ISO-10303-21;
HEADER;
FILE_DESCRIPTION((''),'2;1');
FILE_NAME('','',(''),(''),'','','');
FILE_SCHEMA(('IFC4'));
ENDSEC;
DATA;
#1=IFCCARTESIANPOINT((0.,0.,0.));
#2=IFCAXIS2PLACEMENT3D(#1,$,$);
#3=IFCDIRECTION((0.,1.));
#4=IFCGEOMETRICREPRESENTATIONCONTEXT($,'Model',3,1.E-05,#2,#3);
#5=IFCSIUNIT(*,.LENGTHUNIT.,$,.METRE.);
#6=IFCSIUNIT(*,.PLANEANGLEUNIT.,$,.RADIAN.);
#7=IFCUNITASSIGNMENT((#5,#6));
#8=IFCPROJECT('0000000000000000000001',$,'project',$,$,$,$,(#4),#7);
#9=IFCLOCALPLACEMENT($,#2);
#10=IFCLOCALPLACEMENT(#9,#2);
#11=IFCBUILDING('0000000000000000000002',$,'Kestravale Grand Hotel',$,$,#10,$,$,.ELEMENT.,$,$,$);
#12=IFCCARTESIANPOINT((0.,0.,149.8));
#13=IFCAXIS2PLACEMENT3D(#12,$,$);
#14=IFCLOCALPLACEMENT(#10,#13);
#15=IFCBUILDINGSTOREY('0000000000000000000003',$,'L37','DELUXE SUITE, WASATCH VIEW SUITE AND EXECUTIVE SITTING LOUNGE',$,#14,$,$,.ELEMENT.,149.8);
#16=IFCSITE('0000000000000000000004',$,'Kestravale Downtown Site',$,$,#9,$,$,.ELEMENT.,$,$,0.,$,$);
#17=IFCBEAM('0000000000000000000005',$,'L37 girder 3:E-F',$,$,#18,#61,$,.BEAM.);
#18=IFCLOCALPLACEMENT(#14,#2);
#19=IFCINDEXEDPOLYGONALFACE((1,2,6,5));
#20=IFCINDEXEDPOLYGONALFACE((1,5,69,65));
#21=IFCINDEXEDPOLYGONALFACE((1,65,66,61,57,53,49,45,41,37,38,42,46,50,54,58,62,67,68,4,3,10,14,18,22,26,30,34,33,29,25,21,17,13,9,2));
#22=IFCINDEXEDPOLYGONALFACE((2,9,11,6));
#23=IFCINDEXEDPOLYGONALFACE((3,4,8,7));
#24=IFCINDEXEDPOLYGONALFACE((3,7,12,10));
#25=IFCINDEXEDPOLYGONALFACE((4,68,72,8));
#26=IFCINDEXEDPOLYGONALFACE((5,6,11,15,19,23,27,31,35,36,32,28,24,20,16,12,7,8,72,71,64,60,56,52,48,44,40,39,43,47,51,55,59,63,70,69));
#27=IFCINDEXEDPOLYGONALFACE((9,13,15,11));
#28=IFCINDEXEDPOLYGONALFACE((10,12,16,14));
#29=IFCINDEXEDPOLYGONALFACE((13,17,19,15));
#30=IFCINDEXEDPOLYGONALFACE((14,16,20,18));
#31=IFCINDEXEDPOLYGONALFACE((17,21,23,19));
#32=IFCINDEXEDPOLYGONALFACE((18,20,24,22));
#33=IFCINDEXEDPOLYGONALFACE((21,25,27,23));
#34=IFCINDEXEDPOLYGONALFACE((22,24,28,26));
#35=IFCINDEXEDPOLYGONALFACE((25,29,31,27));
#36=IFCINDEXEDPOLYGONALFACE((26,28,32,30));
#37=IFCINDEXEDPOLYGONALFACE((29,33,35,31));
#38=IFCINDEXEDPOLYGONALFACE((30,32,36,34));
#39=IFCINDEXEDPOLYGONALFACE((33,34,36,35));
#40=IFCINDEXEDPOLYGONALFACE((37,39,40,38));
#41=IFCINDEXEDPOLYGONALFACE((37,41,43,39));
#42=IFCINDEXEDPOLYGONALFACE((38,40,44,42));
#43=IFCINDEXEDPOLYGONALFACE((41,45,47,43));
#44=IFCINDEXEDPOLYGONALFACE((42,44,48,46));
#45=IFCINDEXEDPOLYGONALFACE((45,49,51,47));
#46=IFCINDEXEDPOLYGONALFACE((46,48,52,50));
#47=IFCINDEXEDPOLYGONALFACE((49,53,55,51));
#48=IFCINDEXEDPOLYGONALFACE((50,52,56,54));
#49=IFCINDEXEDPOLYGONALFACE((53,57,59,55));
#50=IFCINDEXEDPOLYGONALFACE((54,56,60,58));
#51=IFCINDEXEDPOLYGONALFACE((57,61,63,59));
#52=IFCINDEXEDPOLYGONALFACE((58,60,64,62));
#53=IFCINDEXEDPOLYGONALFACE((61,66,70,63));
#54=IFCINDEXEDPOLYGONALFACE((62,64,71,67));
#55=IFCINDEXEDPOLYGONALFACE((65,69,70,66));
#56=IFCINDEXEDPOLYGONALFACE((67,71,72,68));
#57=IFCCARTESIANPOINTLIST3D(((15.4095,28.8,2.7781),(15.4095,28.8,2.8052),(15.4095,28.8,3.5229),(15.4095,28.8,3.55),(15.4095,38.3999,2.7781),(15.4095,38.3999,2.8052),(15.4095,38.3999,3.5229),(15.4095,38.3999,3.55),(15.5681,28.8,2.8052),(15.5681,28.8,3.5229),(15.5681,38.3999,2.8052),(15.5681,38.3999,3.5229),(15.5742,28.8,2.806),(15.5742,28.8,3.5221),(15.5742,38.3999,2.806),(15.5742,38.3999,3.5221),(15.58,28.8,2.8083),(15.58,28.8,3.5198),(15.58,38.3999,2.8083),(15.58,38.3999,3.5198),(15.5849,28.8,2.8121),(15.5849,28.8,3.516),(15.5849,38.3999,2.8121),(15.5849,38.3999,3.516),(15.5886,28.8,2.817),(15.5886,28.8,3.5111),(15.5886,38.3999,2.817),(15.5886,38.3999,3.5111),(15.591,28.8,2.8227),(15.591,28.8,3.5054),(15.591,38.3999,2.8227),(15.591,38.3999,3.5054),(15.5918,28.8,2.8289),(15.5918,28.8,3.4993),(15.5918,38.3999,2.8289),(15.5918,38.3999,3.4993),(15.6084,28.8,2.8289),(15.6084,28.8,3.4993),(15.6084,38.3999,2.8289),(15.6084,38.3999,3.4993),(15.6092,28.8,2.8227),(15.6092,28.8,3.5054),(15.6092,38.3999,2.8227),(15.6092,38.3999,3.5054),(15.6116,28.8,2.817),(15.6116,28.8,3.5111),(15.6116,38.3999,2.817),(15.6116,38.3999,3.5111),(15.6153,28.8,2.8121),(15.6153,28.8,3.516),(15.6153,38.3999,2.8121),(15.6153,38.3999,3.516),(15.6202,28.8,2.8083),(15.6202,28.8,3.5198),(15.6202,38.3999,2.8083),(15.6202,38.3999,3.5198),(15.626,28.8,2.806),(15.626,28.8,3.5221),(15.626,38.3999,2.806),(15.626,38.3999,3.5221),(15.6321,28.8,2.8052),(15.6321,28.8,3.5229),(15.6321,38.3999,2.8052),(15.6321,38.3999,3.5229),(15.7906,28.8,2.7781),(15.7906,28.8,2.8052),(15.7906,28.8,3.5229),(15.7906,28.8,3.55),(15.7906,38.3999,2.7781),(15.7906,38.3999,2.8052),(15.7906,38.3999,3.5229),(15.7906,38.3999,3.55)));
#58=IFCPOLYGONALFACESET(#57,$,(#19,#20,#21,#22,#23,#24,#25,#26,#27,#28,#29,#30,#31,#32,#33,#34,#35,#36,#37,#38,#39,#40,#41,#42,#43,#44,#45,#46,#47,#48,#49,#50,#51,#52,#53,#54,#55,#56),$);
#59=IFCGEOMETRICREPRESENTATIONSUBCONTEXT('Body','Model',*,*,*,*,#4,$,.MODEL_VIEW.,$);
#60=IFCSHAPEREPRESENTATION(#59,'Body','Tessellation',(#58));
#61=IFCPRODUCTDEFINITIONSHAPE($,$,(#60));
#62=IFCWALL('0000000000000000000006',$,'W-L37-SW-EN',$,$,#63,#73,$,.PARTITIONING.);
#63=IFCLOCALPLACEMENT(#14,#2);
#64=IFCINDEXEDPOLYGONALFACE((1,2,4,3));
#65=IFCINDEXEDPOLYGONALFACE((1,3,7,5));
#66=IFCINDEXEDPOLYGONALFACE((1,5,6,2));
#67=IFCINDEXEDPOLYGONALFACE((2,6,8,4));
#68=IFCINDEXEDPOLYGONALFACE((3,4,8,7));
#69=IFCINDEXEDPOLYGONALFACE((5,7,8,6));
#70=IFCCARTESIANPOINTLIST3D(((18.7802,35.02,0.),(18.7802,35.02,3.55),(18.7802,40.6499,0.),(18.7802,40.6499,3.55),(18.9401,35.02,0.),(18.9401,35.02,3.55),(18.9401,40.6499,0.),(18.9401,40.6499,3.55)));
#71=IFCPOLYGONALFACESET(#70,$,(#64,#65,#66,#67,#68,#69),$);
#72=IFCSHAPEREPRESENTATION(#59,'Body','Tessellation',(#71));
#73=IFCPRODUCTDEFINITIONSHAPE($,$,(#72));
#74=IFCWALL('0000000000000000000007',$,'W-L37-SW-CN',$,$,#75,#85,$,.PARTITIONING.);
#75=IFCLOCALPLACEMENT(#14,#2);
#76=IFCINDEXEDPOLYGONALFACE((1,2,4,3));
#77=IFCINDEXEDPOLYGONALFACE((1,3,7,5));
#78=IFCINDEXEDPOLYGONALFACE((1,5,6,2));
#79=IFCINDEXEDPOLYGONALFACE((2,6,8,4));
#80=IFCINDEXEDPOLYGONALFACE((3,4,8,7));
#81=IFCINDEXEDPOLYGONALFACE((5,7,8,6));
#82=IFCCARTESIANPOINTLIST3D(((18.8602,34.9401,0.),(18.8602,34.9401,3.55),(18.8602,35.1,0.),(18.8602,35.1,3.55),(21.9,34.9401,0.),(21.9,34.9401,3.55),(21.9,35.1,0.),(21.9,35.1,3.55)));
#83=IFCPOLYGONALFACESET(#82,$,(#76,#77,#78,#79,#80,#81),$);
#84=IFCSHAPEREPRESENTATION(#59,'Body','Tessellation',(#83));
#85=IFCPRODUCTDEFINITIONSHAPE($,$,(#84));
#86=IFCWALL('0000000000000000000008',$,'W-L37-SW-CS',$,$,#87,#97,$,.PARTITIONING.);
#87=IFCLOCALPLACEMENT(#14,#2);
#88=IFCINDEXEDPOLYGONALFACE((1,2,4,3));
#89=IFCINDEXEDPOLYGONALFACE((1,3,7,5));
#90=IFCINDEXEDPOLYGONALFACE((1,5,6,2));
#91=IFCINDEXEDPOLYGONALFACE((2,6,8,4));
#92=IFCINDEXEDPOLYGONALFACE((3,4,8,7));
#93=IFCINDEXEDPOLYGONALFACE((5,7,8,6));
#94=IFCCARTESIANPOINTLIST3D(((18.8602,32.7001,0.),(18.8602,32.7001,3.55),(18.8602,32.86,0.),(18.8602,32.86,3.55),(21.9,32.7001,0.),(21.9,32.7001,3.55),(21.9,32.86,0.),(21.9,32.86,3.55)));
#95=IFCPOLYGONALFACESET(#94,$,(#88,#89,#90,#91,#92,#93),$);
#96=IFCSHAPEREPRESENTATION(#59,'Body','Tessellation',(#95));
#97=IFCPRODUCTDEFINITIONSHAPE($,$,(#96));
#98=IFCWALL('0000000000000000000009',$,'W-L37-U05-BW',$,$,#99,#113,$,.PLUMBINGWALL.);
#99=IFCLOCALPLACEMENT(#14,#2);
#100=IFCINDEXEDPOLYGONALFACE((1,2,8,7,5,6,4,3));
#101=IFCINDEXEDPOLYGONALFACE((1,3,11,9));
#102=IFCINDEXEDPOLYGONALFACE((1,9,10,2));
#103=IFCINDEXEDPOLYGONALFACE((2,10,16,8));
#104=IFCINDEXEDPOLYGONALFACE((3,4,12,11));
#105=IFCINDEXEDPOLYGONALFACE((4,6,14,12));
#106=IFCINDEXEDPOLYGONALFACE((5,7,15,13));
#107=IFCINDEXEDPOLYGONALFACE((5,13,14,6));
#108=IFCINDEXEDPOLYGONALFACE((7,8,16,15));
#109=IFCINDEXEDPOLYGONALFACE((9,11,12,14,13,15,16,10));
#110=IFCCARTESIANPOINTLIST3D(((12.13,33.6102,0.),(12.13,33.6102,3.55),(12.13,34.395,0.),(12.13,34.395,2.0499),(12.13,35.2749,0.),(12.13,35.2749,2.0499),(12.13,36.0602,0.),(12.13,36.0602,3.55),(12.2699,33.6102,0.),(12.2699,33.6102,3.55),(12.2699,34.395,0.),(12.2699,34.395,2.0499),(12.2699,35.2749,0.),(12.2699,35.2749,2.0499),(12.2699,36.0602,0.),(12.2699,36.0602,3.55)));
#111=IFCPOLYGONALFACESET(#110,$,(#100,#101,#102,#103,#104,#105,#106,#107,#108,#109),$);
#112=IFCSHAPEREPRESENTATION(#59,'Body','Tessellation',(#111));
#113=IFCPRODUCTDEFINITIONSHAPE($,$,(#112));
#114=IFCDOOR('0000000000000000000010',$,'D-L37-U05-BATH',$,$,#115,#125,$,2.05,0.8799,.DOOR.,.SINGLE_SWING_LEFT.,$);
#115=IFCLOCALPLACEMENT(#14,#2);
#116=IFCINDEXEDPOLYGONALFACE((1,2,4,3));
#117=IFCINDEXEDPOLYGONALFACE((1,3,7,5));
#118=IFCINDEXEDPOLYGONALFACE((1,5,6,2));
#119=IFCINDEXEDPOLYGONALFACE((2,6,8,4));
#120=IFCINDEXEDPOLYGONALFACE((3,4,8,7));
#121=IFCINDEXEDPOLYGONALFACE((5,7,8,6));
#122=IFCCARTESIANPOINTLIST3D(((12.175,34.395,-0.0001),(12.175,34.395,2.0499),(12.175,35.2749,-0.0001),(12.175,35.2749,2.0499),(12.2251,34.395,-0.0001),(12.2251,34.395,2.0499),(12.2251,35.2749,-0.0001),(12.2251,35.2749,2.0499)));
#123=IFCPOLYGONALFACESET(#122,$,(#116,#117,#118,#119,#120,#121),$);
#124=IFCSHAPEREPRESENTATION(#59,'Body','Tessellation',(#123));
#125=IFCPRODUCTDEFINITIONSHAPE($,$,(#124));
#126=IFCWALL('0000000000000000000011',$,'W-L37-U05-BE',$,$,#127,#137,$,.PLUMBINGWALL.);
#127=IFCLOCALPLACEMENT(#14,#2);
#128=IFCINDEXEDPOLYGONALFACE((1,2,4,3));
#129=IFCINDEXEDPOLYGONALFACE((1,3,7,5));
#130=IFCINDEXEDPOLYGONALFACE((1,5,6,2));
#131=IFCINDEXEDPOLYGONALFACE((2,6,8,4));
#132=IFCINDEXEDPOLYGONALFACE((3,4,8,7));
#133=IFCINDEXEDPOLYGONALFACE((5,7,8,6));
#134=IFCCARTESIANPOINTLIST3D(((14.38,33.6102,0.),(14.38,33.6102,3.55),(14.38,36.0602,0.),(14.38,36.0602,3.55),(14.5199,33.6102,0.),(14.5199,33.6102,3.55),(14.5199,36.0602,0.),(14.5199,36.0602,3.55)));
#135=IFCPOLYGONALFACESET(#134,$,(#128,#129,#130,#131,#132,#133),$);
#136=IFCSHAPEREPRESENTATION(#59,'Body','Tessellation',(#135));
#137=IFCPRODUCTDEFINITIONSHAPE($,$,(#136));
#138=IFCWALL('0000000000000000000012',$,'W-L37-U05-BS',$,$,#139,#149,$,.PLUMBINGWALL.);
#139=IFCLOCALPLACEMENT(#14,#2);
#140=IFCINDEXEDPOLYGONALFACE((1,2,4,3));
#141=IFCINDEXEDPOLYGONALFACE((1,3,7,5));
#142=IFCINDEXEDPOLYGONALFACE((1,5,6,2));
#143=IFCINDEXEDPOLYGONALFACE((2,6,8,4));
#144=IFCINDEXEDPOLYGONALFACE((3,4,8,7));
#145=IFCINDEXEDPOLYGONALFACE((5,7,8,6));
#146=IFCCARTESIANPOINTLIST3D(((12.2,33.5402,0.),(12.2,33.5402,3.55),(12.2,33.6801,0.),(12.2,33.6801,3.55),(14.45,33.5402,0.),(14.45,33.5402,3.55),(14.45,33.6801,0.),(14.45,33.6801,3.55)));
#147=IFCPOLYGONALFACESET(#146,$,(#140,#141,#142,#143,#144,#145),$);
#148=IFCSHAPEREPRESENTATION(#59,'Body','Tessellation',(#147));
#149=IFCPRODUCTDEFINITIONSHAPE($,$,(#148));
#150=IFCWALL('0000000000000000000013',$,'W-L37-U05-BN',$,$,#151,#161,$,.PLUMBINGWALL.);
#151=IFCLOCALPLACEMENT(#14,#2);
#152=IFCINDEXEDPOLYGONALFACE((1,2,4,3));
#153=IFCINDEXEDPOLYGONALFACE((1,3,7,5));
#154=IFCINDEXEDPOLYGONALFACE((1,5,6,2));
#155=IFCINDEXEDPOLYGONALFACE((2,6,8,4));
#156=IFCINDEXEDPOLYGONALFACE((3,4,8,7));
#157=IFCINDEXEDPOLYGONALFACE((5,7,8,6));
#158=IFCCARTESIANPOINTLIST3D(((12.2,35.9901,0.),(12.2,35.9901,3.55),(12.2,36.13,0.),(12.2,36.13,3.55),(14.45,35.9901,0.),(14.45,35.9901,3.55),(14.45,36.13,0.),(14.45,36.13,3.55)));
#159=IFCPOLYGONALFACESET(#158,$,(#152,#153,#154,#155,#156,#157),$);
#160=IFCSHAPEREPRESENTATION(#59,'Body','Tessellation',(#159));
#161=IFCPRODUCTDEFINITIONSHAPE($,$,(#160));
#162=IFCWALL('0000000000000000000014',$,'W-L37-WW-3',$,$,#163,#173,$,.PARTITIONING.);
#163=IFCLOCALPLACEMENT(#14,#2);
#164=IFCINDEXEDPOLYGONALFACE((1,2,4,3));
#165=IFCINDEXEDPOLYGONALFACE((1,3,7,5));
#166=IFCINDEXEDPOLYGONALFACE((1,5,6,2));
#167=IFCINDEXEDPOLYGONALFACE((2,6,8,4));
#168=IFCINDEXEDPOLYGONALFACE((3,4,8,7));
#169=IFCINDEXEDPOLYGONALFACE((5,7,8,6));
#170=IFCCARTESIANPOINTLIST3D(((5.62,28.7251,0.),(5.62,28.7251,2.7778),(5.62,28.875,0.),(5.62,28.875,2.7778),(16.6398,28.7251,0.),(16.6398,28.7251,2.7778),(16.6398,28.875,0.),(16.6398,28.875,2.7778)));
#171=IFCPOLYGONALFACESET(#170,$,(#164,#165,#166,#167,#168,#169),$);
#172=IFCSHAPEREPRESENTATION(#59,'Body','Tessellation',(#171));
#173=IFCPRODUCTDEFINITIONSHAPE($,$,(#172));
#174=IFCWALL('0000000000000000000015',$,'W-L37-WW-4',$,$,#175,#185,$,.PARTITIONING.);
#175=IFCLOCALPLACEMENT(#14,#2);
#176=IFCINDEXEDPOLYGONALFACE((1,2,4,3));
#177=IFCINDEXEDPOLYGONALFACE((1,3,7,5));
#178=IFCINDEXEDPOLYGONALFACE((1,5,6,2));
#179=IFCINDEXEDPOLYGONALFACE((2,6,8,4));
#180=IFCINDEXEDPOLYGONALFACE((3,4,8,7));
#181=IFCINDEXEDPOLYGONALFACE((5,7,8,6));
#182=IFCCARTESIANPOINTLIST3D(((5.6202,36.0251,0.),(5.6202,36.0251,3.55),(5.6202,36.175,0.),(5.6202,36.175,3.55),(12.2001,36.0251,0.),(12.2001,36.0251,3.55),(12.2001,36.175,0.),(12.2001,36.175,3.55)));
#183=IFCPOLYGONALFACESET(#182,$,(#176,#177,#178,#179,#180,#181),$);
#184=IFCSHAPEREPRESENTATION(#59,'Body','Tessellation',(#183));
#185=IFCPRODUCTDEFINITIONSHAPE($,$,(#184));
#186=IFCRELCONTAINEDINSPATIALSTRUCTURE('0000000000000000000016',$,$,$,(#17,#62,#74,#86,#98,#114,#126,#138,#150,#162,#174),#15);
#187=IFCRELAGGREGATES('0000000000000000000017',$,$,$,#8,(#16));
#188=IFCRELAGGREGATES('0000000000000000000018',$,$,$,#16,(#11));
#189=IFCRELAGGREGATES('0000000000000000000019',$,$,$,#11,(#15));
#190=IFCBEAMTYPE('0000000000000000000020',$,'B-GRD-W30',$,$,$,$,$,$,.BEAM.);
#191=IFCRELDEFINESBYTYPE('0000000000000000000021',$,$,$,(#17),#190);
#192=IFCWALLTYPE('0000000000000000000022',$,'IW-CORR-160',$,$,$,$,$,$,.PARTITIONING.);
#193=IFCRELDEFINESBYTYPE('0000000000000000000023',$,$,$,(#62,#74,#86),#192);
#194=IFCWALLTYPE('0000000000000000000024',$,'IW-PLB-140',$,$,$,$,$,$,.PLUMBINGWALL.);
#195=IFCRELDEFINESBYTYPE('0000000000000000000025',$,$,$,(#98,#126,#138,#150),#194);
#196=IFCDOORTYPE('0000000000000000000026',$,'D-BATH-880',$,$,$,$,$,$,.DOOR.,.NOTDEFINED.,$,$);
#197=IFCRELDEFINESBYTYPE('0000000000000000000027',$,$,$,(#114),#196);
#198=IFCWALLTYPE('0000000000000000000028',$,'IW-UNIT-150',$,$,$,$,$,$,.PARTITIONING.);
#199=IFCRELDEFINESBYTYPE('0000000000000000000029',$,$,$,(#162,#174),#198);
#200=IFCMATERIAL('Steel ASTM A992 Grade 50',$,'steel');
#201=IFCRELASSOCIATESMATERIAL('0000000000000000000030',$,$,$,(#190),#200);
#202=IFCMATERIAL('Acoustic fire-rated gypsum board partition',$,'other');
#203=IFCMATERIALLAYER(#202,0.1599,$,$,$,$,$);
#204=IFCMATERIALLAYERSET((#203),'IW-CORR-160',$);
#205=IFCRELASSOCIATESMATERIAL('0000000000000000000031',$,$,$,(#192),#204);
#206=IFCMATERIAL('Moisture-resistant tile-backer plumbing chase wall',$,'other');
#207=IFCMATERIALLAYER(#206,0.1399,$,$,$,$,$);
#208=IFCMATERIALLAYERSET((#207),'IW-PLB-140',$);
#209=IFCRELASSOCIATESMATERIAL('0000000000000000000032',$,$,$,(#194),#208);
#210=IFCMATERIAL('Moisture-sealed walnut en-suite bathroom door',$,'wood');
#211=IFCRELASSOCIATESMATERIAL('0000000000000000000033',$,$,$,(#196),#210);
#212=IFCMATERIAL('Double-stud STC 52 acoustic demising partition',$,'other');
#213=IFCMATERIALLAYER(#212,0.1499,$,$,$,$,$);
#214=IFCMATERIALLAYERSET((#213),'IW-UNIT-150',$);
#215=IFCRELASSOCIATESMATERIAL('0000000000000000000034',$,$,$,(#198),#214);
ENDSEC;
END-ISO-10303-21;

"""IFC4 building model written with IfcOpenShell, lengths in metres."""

from ifc_helpers import new_model, si_unit, direction, frame, frame_2d, origin, origin_2d, place, context, subcontext, project, spatial, rectangle, i_section, extrude, material, layer, layer_set, material_profile, profile_set, type_object, element, fill, save


model = new_model("IFC4")

# Units and contexts
model_context = context("Model", 3, precision=1e-05, world=origin(), true_north=direction((0.0, 1.0)))
body_context = subcontext(model_context, "Body", "Model", "MODEL_VIEW")
ifc_project = project(units=[si_unit("LENGTHUNIT", "METRE"), si_unit("PLANEANGLEUNIT", "RADIAN")], contexts=[model_context])

# Site, building, storey
site_placement = place(None, origin())
site = spatial("IfcSite", under=ifc_project, at=site_placement, Name="Kestravale Downtown Site", CompositionType="ELEMENT", RefElevation=0.0)
building_placement = place(site_placement, origin())
building = spatial("IfcBuilding", under=site, at=building_placement, Name="Kestravale Grand Hotel", CompositionType="ELEMENT")
storey_placement = place(building_placement, frame((0.0, 0.0, 149.8)))
storey = spatial("IfcBuildingStorey", under=building, at=storey_placement, Name="L37", Description="DELUXE SUITE, WASATCH VIEW SUITE AND EXECUTIVE SITTING LOUNGE", CompositionType="ELEMENT", Elevation=149.8)

# Beam
ifc_material_1 = material(Name="Steel ASTM A992 Grade 50", Category="steel")
ifc_material_profile_1 = material_profile(ifc_material_1, i_section(OverallWidth=0.3811, OverallDepth=0.772, WebThickness=0.0166, FlangeThickness=0.0271, FilletRadius=0.0237, at=origin_2d()))
ifc_profile_set_1 = profile_set([ifc_material_profile_1], Name="Steel ASTM A992 Grade 50")
beam_type_1 = type_object("IfcBeamType", Name="B-GRD-W30", PredefinedType="BEAM", material=ifc_profile_set_1)
beam_1_placement = place(storey_placement, frame((15.6001, 28.8, 3.1641), z_axis=(0.0, 1.0, 0.0), x_axis=(-1.0, 0.0, 0.0)))
element("IfcBeam", 1, at=beam_1_placement, inside=storey, type_object=beam_type_1, Name="L37 girder 3:E-F", PredefinedType="BEAM", context=body_context, shape_type="SweptSolid", body=[
    extrude(i_section(OverallWidth=0.3811, OverallDepth=0.772, WebThickness=0.0166, FlangeThickness=0.0271, FilletRadius=0.0237, at=origin_2d()), origin(), (0.0, 0.0, 1.0), 9.5999),
])

# Walls
ifc_material_2 = material(Name="Acoustic fire-rated gypsum board partition", Category="other")
ifc_layer_1 = layer(ifc_material_2, 0.1599)
ifc_layer_set_1 = layer_set([ifc_layer_1], Name="IW-CORR-160")
wall_type_1 = type_object("IfcWallType", Name="IW-CORR-160", PredefinedType="PARTITIONING", material=ifc_layer_set_1)
wall_1_placement = place(storey_placement, frame((18.8601, 35.02, 0.0), z_axis=(0.0, 0.0, 1.0), x_axis=(0.0, 1.0, 0.0)))
element("IfcWall", 2, at=wall_1_placement, inside=storey, type_object=wall_type_1, Name="W-L37-SW-EN", PredefinedType="PARTITIONING", context=body_context, shape_type="SweptSolid", body=[
    extrude(rectangle(XDim=5.6299, YDim=0.1599, at=frame_2d((2.8149, 0.0))), origin(), (0.0, 0.0, 1.0), 3.55),
])
for number, where, z_axis, x_axis, name in (
    (3, (18.8601, 35.02, 0.0), (0.0, 0.0, 1.0), (1.0, 0.0, 0.0), "W-L37-SW-CN"),
    (4, (18.8601, 32.78, 0.0), (0.0, 0.0, 1.0), (1.0, 0.0, 0.0), "W-L37-SW-CS"),
):
    element("IfcWall", number, at=place(storey_placement, frame(where, z_axis=z_axis, x_axis=x_axis)), inside=storey, type_object=wall_type_1, Name=name, PredefinedType="PARTITIONING", context=body_context, shape_type="SweptSolid", body=[
        extrude(rectangle(XDim=3.0398, YDim=0.1599, at=frame_2d((1.52, 0.0))), origin(), (0.0, 0.0, 1.0), 3.55),
    ])

# Wall, opening, door
ifc_material_3 = material(Name="Moisture-resistant tile-backer plumbing chase wall", Category="other")
ifc_layer_2 = layer(ifc_material_3, 0.1399)
ifc_layer_set_2 = layer_set([ifc_layer_2], Name="IW-PLB-140")
wall_type_2 = type_object("IfcWallType", Name="IW-PLB-140", PredefinedType="PLUMBINGWALL", material=ifc_layer_set_2)
wall_2_placement = place(storey_placement, frame((12.2, 33.6101, 0.0), z_axis=(0.0, 0.0, 1.0), x_axis=(0.0, 1.0, 0.0)))
wall_2 = element("IfcWall", 5, at=wall_2_placement, inside=storey, type_object=wall_type_2, Name="W-L37-U05-BW", PredefinedType="PLUMBINGWALL", context=body_context, shape_type="SweptSolid", body=[
    extrude(rectangle(XDim=2.45, YDim=0.1399, at=frame_2d((1.2251, 0.0))), origin(), (0.0, 0.0, 1.0), 3.55),
])
opening_placement = place(wall_2_placement, frame((0.7849, 0.0, 0.0)))
opening = element("IfcOpeningElement", 6, at=opening_placement, cuts=wall_2, PredefinedType="OPENING", context=body_context, shape_type="SweptSolid", body=[
    extrude(rectangle(XDim=0.8799, YDim=2.05, at=frame_2d((0.4399, 1.0249))), frame((0.0, 0.0798, 0.0), z_axis=(0.0, -1.0, 0.0), x_axis=(1.0, 0.0, 0.0)), (0.0, 0.0, 1.0), 0.1599),
])
ifc_material_4 = material(Name="Moisture-sealed walnut en-suite bathroom door", Category="wood")
door_type = type_object("IfcDoorType", Name="D-BATH-880", OperationType="NOTDEFINED", PredefinedType="DOOR", material=ifc_material_4)
door_placement = place(opening_placement, origin())
door = element("IfcDoor", 7, at=door_placement, inside=storey, type_object=door_type, Name="D-L37-U05-BATH", OperationType="SINGLE_SWING_LEFT", OverallHeight=2.05, OverallWidth=0.8799, PredefinedType="DOOR", context=body_context, shape_type="SweptSolid", body=[
    extrude(rectangle(XDim=0.8799, YDim=2.05, at=frame_2d((0.4399, 1.0249))), frame((0.0, 0.0249, 0.0), z_axis=(0.0, -1.0, 0.0), x_axis=(1.0, 0.0, 0.0)), (0.0, 0.0, 1.0), 0.05),
])
fill(opening, door)

# Walls
wall_3_placement = place(storey_placement, frame((14.45, 33.6101, 0.0), z_axis=(0.0, 0.0, 1.0), x_axis=(0.0, 1.0, 0.0)))
element("IfcWall", 8, at=wall_3_placement, inside=storey, type_object=wall_type_2, Name="W-L37-U05-BE", PredefinedType="PLUMBINGWALL", context=body_context, shape_type="SweptSolid", body=[
    extrude(rectangle(XDim=2.45, YDim=0.1399, at=frame_2d((1.2251, 0.0))), origin(), (0.0, 0.0, 1.0), 3.55),
])
for number, where, z_axis, x_axis, name in (
    (9, (12.2, 33.6101, 0.0), (0.0, 0.0, 1.0), (1.0, 0.0, 0.0), "W-L37-U05-BS"),
    (10, (12.2, 36.0601, 0.0), (0.0, 0.0, 1.0), (1.0, 0.0, 0.0), "W-L37-U05-BN"),
):
    element("IfcWall", number, at=place(storey_placement, frame(where, z_axis=z_axis, x_axis=x_axis)), inside=storey, type_object=wall_type_2, Name=name, PredefinedType="PLUMBINGWALL", context=body_context, shape_type="SweptSolid", body=[
        extrude(rectangle(XDim=2.25, YDim=0.1399, at=frame_2d((1.125, 0.0))), origin(), (0.0, 0.0, 1.0), 3.55),
    ])
ifc_material_5 = material(Name="Double-stud STC 52 acoustic demising partition", Category="other")
ifc_layer_3 = layer(ifc_material_5, 0.1499)
ifc_layer_set_3 = layer_set([ifc_layer_3], Name="IW-UNIT-150")
wall_type_3 = type_object("IfcWallType", Name="IW-UNIT-150", PredefinedType="PARTITIONING", material=ifc_layer_set_3)
wall_4_placement = place(storey_placement, frame((5.6201, 28.8, 0.0), z_axis=(0.0, 0.0, 1.0), x_axis=(1.0, 0.0, 0.0)))
element("IfcWall", 11, at=wall_4_placement, inside=storey, type_object=wall_type_3, Name="W-L37-WW-3", PredefinedType="PARTITIONING", context=body_context, shape_type="SweptSolid", body=[
    extrude(rectangle(XDim=11.0198, YDim=0.1499, at=frame_2d((5.5098, 0.0))), origin(), (0.0, 0.0, 1.0), 2.7778),
])
wall_5_placement = place(storey_placement, frame((5.6201, 36.1001, 0.0), z_axis=(0.0, 0.0, 1.0), x_axis=(1.0, 0.0, 0.0)))
element("IfcWall", 12, at=wall_5_placement, inside=storey, type_object=wall_type_3, Name="W-L37-WW-4", PredefinedType="PARTITIONING", context=body_context, shape_type="SweptSolid", body=[
    extrude(rectangle(XDim=6.5798, YDim=0.1499, at=frame_2d((3.29, 0.0))), origin(), (0.0, 0.0, 1.0), 3.55),
])

save(model, "model.ifc")
